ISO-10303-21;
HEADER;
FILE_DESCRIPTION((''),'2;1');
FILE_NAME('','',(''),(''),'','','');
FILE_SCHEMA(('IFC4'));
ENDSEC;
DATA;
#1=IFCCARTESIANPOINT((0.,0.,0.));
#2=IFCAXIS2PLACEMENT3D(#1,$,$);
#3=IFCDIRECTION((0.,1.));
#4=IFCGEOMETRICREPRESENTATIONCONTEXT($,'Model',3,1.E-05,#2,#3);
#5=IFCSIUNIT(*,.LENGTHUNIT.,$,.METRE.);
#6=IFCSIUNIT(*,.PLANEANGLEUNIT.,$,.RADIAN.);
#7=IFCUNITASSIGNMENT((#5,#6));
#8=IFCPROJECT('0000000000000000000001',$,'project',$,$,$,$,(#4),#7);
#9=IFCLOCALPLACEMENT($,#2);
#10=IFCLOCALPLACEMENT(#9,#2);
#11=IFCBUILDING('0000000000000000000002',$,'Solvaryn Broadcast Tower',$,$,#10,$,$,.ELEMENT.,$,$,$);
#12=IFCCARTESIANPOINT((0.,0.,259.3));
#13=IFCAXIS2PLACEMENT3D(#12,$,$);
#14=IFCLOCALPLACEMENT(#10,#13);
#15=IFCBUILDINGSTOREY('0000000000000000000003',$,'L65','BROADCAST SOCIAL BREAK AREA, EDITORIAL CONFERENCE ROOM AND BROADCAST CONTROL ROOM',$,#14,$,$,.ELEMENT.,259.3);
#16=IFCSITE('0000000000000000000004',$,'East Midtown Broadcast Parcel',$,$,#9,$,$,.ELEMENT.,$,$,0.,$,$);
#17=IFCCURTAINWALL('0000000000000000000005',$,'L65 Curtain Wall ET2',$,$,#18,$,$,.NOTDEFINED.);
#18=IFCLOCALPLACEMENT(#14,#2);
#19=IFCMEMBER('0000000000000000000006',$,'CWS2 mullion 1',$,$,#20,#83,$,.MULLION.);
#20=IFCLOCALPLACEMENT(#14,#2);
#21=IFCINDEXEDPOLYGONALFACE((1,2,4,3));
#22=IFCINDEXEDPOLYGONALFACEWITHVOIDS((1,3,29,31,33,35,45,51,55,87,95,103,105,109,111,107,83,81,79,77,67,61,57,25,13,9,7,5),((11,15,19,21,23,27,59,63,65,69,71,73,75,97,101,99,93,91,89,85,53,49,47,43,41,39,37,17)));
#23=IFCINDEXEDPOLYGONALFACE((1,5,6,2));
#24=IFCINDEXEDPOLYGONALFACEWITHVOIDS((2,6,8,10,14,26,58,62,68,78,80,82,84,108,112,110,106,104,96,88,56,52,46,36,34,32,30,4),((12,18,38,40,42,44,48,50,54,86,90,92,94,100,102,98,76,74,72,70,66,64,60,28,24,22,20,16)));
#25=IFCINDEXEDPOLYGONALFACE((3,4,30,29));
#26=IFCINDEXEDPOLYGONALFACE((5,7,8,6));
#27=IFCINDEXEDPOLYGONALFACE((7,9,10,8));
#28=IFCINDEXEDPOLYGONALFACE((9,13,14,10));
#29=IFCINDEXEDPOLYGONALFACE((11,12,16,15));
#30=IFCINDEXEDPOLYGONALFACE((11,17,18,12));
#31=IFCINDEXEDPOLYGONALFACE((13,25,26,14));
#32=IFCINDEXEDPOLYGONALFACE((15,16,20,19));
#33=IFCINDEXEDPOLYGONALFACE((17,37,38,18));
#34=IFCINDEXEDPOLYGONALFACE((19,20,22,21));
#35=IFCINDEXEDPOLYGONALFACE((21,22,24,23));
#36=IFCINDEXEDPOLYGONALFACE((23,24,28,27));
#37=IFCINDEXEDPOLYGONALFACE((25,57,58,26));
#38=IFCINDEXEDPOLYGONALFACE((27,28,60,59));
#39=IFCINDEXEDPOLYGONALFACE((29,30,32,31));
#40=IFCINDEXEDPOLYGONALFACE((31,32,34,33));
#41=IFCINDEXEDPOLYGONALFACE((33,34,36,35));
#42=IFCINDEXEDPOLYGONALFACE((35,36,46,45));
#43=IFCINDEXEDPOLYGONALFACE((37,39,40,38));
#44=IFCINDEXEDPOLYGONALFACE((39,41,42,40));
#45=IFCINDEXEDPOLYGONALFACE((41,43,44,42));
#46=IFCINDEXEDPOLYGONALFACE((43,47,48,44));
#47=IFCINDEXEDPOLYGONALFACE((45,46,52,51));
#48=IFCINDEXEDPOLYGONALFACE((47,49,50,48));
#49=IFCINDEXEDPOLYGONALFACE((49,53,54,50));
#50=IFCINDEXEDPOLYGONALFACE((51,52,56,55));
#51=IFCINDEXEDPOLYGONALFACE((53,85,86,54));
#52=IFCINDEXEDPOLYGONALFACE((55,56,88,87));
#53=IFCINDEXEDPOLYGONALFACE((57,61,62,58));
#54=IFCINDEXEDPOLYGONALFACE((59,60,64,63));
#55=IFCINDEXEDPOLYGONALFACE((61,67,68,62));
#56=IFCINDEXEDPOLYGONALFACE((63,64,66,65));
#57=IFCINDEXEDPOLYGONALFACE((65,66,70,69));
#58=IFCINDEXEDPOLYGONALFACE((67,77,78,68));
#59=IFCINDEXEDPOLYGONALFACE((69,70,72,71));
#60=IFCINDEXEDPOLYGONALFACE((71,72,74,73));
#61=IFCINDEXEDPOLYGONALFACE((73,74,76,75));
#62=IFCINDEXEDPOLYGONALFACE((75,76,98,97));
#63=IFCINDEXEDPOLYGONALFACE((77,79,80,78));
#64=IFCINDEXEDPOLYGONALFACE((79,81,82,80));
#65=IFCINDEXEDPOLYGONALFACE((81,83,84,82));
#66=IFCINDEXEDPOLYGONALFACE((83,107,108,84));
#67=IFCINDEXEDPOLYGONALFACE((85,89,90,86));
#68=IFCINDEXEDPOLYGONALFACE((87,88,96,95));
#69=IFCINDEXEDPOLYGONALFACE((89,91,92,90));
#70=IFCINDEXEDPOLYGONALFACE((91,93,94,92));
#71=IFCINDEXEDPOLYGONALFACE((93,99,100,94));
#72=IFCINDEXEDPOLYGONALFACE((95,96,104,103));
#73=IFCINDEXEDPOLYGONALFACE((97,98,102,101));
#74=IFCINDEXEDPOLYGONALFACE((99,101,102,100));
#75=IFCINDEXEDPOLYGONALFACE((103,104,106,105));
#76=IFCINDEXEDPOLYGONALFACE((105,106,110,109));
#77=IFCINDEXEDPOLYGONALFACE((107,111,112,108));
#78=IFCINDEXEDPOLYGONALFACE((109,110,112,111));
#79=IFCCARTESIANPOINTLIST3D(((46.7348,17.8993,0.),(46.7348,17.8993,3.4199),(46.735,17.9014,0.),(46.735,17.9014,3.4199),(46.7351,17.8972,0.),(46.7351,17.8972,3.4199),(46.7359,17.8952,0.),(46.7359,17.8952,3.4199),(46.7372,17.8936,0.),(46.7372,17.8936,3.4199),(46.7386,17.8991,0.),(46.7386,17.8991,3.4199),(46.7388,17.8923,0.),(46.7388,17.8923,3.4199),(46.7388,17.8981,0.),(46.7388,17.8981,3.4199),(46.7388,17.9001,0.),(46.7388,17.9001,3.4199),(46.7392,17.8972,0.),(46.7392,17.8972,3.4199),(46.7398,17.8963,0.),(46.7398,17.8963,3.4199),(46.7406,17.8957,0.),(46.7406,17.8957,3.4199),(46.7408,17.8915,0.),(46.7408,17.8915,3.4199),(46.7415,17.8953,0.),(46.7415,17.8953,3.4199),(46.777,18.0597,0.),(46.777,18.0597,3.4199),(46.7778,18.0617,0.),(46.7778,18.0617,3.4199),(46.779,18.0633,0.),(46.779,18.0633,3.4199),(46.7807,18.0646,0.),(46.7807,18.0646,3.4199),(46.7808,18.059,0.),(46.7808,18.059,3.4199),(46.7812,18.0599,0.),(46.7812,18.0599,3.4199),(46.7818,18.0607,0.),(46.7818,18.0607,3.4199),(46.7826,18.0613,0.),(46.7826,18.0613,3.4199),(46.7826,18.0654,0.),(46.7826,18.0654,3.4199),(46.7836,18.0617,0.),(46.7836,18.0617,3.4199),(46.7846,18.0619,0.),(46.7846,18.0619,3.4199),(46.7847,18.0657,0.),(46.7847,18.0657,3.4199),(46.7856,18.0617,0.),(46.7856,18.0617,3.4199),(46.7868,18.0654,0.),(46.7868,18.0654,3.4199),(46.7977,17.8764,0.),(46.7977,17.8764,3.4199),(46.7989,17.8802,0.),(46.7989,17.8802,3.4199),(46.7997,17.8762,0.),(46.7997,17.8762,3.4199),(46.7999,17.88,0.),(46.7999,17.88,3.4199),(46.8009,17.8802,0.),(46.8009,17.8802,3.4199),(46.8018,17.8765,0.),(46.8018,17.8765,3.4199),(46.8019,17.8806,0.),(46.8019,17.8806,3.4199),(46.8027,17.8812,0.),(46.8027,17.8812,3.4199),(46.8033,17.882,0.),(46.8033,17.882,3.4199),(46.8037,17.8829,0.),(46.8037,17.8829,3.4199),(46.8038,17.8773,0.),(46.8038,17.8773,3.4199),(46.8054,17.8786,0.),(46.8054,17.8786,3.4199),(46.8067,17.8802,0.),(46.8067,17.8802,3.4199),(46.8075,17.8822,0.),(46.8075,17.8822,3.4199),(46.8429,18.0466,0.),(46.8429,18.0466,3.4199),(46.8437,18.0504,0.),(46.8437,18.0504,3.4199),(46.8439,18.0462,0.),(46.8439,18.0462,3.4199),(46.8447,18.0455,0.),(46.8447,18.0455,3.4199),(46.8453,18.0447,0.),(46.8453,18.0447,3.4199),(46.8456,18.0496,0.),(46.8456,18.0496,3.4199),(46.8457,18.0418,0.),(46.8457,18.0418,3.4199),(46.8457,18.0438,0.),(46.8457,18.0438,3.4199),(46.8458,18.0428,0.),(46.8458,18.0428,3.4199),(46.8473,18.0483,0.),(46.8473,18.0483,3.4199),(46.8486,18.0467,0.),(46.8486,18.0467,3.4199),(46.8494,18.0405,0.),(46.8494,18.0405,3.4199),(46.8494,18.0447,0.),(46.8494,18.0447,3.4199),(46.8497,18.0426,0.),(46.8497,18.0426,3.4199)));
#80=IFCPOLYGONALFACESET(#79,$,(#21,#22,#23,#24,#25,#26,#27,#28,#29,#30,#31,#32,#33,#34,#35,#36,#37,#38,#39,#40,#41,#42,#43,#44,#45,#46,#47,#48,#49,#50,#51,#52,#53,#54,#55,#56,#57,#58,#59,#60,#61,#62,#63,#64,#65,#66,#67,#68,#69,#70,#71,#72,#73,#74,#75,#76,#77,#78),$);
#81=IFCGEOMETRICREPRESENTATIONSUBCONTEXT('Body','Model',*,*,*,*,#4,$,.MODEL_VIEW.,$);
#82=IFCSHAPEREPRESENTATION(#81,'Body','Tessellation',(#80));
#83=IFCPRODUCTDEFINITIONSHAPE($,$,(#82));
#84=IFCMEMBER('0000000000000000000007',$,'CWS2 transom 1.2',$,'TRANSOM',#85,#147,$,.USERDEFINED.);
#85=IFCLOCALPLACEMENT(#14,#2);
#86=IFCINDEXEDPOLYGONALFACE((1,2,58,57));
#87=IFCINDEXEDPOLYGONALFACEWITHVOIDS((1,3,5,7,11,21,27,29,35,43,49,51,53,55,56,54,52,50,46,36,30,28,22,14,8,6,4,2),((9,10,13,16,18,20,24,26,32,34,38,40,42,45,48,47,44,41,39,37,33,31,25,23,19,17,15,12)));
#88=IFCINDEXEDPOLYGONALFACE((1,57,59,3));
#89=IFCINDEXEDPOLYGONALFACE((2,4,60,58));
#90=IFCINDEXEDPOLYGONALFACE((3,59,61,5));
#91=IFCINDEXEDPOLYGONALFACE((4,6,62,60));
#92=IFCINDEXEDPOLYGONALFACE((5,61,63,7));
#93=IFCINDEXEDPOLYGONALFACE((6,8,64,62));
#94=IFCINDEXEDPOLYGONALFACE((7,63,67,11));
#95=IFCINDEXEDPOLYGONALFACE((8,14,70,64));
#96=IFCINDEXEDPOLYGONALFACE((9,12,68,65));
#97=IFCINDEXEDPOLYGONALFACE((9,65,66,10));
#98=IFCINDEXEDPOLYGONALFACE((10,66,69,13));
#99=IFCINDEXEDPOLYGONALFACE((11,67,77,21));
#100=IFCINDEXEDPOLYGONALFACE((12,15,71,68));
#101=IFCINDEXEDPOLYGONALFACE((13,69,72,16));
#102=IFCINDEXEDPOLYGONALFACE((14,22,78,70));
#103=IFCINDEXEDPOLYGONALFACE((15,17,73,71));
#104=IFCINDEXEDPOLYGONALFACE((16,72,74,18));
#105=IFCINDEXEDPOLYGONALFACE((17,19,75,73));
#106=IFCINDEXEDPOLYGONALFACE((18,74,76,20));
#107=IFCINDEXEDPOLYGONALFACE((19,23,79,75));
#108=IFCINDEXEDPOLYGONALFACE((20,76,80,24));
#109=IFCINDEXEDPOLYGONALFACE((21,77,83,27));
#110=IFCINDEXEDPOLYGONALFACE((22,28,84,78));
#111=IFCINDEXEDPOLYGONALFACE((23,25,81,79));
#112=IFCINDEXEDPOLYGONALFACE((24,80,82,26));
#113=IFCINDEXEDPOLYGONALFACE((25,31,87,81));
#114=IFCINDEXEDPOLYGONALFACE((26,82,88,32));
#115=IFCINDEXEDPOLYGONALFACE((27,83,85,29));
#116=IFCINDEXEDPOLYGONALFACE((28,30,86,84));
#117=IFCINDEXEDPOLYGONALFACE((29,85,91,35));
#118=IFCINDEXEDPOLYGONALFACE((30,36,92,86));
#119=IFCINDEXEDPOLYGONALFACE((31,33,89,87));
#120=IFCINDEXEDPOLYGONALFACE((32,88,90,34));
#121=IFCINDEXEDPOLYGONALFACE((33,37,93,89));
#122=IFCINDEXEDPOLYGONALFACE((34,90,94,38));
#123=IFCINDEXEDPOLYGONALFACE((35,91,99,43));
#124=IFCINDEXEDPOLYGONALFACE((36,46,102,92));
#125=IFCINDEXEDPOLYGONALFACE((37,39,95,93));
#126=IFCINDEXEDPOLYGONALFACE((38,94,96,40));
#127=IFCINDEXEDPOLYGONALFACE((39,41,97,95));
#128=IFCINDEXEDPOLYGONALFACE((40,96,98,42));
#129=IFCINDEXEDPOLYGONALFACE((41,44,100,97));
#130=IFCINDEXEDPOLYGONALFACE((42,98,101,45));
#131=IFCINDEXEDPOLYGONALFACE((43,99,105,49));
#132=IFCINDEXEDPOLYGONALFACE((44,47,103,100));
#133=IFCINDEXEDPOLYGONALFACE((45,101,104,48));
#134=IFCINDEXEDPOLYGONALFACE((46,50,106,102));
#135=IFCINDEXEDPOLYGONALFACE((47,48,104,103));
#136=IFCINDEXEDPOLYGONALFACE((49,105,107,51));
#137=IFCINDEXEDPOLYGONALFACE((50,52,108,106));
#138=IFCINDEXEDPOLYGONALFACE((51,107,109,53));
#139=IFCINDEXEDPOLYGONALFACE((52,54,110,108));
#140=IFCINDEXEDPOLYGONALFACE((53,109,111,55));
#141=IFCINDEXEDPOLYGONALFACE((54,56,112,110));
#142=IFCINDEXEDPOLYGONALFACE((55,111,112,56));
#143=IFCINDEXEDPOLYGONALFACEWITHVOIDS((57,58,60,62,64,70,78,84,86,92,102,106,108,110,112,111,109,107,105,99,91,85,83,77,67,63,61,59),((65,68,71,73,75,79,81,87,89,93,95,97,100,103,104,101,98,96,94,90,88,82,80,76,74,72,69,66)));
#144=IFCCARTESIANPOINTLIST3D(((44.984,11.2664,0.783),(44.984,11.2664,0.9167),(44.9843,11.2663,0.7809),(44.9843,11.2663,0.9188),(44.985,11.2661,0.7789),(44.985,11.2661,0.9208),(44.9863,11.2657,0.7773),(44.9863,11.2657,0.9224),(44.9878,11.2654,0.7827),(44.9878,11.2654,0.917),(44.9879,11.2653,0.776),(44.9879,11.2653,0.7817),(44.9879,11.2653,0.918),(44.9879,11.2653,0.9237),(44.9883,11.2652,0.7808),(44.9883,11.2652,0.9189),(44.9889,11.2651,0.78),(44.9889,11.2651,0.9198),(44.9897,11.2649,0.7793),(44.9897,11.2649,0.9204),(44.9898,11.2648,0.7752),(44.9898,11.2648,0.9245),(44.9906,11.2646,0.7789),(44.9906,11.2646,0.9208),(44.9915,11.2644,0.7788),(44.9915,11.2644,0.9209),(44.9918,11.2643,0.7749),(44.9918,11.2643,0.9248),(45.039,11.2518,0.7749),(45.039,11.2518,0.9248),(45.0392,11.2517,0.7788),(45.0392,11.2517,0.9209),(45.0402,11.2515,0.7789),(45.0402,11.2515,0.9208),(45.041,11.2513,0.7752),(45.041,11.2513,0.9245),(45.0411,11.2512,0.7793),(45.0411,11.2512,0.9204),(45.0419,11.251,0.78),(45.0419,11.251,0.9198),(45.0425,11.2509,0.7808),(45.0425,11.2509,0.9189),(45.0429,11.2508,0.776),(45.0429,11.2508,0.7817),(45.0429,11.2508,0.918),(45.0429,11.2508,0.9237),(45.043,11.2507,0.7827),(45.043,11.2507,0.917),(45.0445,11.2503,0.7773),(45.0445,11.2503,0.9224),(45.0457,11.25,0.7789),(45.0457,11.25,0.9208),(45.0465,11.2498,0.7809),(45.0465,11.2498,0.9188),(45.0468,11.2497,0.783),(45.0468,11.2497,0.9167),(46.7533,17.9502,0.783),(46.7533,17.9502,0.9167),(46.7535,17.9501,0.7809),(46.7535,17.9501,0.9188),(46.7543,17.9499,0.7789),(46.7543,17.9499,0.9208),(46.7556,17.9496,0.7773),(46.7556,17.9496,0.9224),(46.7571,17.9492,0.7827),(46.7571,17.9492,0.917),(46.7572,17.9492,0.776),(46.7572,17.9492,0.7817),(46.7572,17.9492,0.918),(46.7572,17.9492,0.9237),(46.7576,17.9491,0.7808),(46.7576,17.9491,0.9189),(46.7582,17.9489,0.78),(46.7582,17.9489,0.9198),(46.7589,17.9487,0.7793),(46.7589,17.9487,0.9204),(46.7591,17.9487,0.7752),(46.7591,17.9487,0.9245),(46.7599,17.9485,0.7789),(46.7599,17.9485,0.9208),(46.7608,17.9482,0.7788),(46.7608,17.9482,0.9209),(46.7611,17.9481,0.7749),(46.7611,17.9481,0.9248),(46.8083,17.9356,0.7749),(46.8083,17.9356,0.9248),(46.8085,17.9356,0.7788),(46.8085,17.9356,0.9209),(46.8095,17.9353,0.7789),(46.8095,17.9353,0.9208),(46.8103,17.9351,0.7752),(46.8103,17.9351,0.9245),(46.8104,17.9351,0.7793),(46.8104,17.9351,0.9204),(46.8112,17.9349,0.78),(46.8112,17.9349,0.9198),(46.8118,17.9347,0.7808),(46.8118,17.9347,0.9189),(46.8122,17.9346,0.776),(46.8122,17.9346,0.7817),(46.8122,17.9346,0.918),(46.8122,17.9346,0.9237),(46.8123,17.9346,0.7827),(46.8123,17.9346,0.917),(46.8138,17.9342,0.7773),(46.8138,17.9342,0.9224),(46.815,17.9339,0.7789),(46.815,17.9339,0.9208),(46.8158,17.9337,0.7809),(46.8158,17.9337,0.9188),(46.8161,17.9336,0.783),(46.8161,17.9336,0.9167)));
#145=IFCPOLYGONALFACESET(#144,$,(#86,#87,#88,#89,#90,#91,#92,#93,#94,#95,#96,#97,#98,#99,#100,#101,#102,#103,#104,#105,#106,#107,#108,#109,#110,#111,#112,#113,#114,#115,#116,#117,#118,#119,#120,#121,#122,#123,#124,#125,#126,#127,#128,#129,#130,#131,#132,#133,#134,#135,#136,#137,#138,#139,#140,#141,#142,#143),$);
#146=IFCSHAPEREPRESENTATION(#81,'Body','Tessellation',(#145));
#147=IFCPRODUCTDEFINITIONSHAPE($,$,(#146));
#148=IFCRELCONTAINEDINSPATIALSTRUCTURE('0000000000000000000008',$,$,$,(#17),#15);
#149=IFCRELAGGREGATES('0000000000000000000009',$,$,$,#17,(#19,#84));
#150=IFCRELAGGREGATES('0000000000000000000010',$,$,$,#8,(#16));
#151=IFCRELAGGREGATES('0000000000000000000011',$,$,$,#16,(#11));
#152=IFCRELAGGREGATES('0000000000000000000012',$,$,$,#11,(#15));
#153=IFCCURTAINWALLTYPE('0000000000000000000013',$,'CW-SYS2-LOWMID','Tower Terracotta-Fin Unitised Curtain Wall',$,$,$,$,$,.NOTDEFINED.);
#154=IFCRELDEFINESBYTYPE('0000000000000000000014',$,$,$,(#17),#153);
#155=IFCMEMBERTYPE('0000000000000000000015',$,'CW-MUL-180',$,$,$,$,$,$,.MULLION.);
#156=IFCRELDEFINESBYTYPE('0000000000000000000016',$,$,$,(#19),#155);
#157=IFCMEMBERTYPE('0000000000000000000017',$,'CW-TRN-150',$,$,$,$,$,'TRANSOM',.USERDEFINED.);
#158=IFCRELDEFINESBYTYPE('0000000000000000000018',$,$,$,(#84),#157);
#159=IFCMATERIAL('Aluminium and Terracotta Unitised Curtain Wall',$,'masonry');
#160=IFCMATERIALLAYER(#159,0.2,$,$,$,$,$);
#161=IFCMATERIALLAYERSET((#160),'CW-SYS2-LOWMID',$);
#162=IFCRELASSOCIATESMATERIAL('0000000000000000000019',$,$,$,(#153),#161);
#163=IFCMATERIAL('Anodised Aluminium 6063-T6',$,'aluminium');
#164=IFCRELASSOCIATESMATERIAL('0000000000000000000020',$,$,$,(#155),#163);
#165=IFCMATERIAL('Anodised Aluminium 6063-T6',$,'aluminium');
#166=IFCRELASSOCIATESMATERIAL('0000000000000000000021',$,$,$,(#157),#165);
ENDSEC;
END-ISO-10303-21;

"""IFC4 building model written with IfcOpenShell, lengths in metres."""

from ifc_helpers import new_model, si_unit, direction, frame, origin, origin_2d, place, context, subcontext, project, spatial, hollow_rectangle, extrude, material, layer, layer_set, material_profile, profile_set, type_object, element, aggregate, save


model = new_model("IFC4")

# Units and contexts
model_context = context("Model", 3, precision=1e-05, world=origin(), true_north=direction((0.0, 1.0)))
body_context = subcontext(model_context, "Body", "Model", "MODEL_VIEW")
ifc_project = project(units=[si_unit("LENGTHUNIT", "METRE"), si_unit("PLANEANGLEUNIT", "RADIAN")], contexts=[model_context])

# Site, building, storey
site_placement = place(None, origin())
site = spatial("IfcSite", under=ifc_project, at=site_placement, Name="East Midtown Broadcast Parcel", CompositionType="ELEMENT", RefElevation=0.0)
building_placement = place(site_placement, origin())
building = spatial("IfcBuilding", under=site, at=building_placement, Name="Solvaryn Broadcast Tower", CompositionType="ELEMENT")
storey_placement = place(building_placement, frame((0.0, 0.0, 259.3)))
storey = spatial("IfcBuildingStorey", under=building, at=storey_placement, Name="L65", Description="BROADCAST SOCIAL BREAK AREA, EDITORIAL CONFERENCE ROOM AND BROADCAST CONTROL ROOM", CompositionType="ELEMENT", Elevation=259.3)

# Shared definitions
ifc_material_1 = material(Name="Aluminium and Terracotta Unitised Curtain Wall", Category="masonry")
ifc_layer_1 = layer(ifc_material_1, 0.2)
ifc_layer_set_1 = layer_set([ifc_layer_1], Name="CW-SYS2-LOWMID")
curtain_wall_type = type_object("IfcCurtainWallType", Name="CW-SYS2-LOWMID", Description="Tower Terracotta-Fin Unitised Curtain Wall", PredefinedType="NOTDEFINED", material=ifc_layer_set_1)
ifc_material_2 = material(Name="Anodised Aluminium 6063-T6", Category="aluminium")
ifc_material_profile_1 = material_profile(ifc_material_2, hollow_rectangle(XDim=0.075, YDim=0.1799, WallThickness=0.0039, InnerFilletRadius=0.0039, OuterFilletRadius=0.0081, at=origin_2d()))
ifc_profile_set_1 = profile_set([ifc_material_profile_1], Name="Anodised Aluminium 6063-T6")
member_type_1 = type_object("IfcMemberType", Name="CW-MUL-180", PredefinedType="MULLION", material=ifc_profile_set_1)

# Curtain wall, members
curtain_wall_1_placement = place(storey_placement, origin())
curtain_wall_1 = element("IfcCurtainWall", 1, at=curtain_wall_1_placement, inside=storey, type_object=curtain_wall_type, Name="L65 Curtain Wall ET2", PredefinedType="NOTDEFINED")
member_1_placement = place(storey_placement, frame((46.7922, 17.9709, 0.0), z_axis=(0.0, 0.0, 1.0), x_axis=(0.966705, -0.255893, 0.0)))
member_1 = element("IfcMember", 2, at=member_1_placement, type_object=member_type_1, Name="CWS2 mullion 1", PredefinedType="MULLION", context=body_context, shape_type="SweptSolid", body=[
    extrude(hollow_rectangle(XDim=0.075, YDim=0.1799, WallThickness=0.0039, InnerFilletRadius=0.0039, OuterFilletRadius=0.0081, at=origin_2d()), origin(), (0.0, 0.0, 1.0), 3.4199),
])
ifc_material_3 = material(Name="Anodised Aluminium 6063-T6", Category="aluminium")
ifc_material_profile_2 = material_profile(ifc_material_3, hollow_rectangle(XDim=0.0649, YDim=0.1499, WallThickness=0.0039, InnerFilletRadius=0.0039, OuterFilletRadius=0.0081, at=origin_2d()))
ifc_profile_set_2 = profile_set([ifc_material_profile_2], Name="Anodised Aluminium 6063-T6")
member_type_2 = type_object("IfcMemberType", Name="CW-TRN-150", ElementType="TRANSOM", PredefinedType="USERDEFINED", material=ifc_profile_set_2)
member_2_placement = place(storey_placement, frame((46.7847, 17.9419, 0.8499), z_axis=(-0.255897, -0.966704, 0.0), x_axis=(0.966704, -0.255897, 0.0)))
member_2 = element("IfcMember", 3, at=member_2_placement, type_object=member_type_2, Name="CWS2 transom 1.2", ObjectType="TRANSOM", PredefinedType="USERDEFINED", context=body_context, shape_type="SweptSolid", body=[
    extrude(hollow_rectangle(XDim=0.0649, YDim=0.1499, WallThickness=0.0039, InnerFilletRadius=0.0039, OuterFilletRadius=0.0081, at=origin_2d()), origin(), (0.0, 0.0, 1.0), 6.9141),
])
aggregate(curtain_wall_1, [member_1, member_2])

save(model, "model.ifc")
